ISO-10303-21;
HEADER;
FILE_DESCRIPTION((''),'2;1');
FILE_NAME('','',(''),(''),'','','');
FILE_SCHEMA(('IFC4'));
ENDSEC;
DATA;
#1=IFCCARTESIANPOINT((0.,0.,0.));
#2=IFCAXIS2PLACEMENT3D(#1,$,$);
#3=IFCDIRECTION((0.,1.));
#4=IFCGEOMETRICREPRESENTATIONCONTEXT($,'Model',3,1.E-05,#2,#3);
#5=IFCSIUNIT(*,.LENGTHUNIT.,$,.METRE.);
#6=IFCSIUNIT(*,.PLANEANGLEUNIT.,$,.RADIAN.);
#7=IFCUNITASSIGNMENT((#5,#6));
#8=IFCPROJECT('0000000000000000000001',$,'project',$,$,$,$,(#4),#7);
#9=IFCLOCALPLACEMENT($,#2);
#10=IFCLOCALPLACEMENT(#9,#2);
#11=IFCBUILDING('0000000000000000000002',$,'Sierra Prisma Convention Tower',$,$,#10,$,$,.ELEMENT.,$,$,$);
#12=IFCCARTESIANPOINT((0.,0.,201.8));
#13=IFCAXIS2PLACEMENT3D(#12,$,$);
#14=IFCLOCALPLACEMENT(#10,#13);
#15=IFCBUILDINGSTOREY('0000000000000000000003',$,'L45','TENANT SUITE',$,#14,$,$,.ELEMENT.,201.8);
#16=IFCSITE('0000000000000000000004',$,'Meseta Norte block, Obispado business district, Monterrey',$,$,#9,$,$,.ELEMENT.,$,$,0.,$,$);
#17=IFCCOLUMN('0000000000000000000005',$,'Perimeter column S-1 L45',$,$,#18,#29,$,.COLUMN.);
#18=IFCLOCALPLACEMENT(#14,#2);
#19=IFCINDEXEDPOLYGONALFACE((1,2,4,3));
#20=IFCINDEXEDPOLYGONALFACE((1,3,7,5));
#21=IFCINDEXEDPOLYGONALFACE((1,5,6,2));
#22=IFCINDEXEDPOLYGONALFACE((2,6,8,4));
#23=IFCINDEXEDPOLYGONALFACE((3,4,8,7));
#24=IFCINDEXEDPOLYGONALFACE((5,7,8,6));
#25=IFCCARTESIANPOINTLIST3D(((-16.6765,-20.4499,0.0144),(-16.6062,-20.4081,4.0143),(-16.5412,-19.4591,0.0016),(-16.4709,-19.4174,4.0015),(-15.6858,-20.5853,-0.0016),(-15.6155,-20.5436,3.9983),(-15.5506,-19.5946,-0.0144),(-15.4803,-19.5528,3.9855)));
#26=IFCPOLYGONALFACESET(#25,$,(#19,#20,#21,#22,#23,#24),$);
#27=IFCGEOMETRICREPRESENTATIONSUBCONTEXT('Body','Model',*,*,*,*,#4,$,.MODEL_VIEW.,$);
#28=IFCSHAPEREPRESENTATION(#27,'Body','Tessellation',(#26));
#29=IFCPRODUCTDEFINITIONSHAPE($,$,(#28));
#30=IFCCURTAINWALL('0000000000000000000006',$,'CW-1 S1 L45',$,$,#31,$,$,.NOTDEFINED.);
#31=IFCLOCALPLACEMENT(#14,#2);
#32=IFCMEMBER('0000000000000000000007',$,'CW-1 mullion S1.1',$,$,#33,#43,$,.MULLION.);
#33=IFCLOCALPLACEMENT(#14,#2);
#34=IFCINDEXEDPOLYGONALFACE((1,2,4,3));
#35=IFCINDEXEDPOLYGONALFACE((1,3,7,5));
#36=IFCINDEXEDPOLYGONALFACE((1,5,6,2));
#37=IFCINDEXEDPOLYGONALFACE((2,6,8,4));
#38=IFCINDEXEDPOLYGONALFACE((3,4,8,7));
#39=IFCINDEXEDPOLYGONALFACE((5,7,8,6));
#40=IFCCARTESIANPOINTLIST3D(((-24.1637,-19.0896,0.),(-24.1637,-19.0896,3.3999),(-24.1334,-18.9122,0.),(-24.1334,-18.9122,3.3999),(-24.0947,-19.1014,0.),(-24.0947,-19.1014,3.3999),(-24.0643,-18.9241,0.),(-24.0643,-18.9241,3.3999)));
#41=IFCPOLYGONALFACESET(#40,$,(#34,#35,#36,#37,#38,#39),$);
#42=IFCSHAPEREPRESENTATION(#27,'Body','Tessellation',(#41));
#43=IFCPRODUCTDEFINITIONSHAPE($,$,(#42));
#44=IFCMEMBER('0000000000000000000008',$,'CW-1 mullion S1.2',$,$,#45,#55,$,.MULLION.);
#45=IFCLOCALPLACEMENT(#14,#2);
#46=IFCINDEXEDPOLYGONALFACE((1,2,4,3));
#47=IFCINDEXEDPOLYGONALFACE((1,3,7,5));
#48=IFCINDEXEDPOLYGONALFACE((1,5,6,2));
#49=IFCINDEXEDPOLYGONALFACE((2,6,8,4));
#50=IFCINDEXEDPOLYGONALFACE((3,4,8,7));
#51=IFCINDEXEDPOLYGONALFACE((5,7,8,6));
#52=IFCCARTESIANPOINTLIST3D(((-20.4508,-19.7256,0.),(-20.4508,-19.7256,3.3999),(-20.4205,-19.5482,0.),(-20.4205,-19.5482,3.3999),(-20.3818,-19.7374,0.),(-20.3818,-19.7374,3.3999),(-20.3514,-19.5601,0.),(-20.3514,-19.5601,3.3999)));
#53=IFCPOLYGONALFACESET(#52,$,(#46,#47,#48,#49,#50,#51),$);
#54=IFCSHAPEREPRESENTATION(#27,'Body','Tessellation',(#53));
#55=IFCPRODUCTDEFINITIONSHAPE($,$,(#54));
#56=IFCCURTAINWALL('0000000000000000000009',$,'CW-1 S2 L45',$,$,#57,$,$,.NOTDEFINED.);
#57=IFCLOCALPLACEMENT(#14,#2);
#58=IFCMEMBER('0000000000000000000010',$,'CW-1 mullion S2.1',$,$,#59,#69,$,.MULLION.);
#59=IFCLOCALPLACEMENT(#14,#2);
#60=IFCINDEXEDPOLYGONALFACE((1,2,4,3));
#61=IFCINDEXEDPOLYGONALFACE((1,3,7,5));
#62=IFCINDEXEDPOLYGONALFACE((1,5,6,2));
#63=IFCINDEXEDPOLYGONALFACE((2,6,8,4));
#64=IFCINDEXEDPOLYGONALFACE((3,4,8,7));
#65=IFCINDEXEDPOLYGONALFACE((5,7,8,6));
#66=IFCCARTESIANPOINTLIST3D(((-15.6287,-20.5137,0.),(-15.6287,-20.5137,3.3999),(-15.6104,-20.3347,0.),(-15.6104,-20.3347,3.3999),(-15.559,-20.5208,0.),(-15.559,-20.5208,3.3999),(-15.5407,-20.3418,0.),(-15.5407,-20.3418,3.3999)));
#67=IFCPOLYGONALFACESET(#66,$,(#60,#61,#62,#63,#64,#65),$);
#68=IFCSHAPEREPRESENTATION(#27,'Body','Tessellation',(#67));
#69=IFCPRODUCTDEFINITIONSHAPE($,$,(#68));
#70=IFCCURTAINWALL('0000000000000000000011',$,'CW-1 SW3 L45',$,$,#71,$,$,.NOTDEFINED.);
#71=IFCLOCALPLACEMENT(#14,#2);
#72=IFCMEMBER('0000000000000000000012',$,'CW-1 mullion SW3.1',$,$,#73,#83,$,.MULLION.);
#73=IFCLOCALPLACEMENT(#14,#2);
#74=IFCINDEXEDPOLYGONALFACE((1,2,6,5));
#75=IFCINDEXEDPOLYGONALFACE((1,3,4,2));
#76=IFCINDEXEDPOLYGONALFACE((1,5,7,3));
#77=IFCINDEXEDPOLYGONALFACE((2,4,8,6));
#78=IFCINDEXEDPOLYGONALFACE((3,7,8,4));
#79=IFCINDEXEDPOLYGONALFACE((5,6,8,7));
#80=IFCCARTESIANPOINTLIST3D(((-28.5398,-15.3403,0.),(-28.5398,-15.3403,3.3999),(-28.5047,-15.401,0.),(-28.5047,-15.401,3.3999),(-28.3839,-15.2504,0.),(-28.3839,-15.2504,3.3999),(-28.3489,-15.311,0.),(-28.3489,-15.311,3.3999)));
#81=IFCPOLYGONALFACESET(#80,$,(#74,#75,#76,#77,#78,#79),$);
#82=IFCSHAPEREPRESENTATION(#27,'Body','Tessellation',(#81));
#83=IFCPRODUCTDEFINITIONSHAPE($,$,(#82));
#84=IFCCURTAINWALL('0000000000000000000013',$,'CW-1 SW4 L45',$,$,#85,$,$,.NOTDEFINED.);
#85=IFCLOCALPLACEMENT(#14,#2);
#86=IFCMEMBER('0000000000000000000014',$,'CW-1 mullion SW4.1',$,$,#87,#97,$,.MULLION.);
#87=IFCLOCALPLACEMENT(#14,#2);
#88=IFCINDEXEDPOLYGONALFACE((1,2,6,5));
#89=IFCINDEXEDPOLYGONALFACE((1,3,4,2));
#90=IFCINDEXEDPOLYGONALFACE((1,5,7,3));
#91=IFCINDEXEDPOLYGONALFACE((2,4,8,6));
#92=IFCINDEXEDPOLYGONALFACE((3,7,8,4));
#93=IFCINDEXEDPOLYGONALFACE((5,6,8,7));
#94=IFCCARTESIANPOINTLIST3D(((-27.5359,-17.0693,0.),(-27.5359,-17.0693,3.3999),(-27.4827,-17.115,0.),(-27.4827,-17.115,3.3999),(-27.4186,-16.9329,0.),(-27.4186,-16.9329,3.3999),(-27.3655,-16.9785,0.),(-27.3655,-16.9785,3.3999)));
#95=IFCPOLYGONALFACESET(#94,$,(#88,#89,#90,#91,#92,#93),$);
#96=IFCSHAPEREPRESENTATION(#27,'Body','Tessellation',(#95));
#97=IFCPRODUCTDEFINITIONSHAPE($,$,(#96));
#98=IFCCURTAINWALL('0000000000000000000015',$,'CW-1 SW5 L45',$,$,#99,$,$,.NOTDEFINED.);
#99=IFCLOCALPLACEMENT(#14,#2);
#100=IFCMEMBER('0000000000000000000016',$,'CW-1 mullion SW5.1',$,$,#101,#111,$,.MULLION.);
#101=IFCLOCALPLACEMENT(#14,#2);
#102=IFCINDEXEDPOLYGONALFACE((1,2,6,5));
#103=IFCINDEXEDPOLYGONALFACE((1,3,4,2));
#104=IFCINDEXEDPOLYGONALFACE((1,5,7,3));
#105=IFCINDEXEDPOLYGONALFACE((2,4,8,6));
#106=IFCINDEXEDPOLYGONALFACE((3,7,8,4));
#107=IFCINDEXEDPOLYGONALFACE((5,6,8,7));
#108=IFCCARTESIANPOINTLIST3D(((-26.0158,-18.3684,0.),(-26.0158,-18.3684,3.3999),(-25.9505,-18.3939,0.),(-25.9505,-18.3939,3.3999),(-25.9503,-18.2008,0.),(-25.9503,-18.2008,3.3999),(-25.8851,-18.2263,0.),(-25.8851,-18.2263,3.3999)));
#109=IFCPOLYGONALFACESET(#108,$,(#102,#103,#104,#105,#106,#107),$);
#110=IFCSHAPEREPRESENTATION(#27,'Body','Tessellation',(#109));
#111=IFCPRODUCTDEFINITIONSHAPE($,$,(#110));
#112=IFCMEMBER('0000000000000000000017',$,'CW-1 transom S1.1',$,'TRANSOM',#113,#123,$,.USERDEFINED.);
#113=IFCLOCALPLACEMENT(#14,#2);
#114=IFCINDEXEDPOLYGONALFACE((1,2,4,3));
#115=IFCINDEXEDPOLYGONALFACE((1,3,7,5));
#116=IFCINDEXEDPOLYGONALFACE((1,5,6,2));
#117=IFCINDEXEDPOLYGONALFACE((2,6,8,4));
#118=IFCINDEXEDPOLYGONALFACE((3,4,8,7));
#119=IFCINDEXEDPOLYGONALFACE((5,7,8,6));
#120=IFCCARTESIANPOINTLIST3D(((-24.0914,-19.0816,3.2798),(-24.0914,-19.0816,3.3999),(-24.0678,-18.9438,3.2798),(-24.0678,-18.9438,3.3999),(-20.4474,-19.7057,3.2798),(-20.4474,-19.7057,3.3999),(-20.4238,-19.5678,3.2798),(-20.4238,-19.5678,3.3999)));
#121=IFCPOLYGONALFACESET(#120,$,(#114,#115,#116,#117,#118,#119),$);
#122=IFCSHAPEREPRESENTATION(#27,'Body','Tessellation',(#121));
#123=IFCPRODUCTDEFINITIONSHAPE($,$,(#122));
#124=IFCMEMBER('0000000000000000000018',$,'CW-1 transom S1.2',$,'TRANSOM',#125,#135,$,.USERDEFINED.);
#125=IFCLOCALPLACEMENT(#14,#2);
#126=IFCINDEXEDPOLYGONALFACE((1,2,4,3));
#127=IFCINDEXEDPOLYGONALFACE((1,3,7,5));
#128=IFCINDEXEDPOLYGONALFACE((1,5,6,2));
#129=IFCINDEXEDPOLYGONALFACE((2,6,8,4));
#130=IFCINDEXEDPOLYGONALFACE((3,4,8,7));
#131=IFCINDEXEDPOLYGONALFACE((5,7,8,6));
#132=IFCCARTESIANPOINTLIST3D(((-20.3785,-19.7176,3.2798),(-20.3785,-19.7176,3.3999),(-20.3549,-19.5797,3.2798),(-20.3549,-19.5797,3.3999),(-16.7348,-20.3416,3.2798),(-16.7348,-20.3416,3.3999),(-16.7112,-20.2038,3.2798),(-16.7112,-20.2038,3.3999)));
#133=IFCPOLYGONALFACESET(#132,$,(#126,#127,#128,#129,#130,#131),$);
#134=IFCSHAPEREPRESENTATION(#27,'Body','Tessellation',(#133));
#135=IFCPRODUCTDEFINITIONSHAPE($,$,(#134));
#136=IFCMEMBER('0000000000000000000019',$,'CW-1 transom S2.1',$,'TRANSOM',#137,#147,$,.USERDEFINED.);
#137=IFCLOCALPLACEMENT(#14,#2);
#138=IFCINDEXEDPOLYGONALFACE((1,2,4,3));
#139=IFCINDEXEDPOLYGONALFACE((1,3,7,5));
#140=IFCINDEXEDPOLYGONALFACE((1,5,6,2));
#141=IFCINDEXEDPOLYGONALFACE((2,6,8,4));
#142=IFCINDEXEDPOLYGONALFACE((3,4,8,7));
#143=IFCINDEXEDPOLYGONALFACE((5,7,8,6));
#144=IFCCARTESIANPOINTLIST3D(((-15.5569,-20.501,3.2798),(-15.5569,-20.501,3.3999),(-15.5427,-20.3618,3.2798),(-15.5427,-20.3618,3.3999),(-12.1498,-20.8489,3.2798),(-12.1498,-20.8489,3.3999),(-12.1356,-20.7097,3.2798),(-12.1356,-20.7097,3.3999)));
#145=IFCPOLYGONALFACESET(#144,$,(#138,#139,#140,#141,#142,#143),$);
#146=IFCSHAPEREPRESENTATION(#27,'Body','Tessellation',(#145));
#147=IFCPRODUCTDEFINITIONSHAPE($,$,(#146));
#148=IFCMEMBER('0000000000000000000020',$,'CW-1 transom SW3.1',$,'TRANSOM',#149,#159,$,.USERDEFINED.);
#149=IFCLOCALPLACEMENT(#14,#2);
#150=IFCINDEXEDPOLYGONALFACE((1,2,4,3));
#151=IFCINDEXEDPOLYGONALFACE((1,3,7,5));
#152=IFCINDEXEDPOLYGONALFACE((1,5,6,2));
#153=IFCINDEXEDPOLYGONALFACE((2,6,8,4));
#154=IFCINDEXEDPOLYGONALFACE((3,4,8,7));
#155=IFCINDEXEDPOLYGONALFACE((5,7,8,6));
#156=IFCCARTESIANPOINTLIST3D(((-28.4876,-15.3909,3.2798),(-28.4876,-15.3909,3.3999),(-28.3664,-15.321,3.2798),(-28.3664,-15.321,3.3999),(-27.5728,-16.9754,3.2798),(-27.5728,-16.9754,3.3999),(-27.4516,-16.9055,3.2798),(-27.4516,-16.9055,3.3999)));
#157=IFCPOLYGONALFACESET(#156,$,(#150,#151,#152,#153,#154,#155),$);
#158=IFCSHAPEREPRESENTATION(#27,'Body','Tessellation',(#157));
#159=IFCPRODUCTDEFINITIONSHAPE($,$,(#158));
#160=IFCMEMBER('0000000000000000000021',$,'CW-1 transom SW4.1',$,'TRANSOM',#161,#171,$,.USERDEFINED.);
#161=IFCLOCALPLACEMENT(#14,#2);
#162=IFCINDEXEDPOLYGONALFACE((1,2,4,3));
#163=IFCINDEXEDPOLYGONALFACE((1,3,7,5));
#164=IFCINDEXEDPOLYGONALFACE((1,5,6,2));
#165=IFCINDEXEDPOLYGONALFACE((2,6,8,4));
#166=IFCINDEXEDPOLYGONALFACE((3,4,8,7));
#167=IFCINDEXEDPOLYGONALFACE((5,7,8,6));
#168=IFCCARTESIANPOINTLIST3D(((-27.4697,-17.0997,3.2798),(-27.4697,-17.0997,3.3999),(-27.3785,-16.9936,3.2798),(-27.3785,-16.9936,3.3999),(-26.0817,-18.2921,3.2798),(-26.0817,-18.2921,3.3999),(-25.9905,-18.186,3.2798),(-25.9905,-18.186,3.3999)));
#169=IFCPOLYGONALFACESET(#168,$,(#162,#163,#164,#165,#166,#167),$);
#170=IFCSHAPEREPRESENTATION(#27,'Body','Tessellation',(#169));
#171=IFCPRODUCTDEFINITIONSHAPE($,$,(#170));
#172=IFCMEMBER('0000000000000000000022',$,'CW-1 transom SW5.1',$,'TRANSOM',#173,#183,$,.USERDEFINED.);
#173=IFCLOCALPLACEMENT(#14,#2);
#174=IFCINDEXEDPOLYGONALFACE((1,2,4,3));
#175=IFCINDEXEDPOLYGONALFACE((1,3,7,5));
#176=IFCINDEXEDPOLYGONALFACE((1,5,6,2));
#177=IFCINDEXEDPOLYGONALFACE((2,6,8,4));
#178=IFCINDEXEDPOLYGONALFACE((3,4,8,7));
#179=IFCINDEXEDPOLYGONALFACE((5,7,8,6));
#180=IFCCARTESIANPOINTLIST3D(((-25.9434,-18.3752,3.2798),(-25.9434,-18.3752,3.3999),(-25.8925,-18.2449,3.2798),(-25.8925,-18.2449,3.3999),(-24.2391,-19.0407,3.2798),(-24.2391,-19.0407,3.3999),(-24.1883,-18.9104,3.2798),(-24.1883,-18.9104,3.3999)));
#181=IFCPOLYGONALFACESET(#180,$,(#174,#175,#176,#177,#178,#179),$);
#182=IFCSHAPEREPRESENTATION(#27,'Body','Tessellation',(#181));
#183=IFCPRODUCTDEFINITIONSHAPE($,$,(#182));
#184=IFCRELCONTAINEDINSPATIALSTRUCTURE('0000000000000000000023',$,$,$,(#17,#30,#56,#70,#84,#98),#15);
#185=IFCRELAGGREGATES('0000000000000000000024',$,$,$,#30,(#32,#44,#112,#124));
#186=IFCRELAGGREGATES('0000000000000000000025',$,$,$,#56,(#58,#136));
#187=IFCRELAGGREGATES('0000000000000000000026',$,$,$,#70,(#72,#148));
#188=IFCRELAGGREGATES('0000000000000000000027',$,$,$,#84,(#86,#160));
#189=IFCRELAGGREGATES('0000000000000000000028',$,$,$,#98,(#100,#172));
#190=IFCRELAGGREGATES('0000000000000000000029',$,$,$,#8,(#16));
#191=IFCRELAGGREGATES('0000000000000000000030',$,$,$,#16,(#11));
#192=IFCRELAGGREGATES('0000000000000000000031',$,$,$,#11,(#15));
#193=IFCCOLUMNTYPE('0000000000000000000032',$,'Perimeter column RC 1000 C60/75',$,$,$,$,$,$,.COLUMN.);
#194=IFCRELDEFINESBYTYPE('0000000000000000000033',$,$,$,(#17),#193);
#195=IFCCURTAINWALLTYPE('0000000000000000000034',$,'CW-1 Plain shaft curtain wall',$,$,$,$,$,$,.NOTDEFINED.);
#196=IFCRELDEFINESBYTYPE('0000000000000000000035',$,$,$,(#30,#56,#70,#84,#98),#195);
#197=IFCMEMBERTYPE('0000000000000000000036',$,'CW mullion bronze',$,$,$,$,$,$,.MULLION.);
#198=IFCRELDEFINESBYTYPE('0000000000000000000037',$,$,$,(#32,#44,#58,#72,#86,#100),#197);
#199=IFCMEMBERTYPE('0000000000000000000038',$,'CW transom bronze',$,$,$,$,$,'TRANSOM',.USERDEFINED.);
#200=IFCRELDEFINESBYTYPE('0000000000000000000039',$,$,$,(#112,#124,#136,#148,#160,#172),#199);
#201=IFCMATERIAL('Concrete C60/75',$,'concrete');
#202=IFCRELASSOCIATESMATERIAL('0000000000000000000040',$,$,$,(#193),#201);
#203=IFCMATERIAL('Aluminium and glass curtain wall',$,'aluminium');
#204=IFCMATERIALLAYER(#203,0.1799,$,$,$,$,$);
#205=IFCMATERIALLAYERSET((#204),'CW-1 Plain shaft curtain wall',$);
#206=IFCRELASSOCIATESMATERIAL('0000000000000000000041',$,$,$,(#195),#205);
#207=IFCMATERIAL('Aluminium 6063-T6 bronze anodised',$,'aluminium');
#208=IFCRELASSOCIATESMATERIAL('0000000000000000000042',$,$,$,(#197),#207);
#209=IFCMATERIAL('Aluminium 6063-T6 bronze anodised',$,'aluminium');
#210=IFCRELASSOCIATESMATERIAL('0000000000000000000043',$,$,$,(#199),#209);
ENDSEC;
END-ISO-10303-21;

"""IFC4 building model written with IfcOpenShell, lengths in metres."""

from ifc_helpers import new_model, si_unit, direction, frame, origin, origin_2d, place, context, subcontext, project, spatial, rectangle, extrude, material, layer, layer_set, material_profile, profile_set, type_object, element, aggregate, save


model = new_model("IFC4")

# Units and contexts
model_context = context("Model", 3, precision=1e-05, world=origin(), true_north=direction((0.0, 1.0)))
body_context = subcontext(model_context, "Body", "Model", "MODEL_VIEW")
ifc_project = project(units=[si_unit("LENGTHUNIT", "METRE"), si_unit("PLANEANGLEUNIT", "RADIAN")], contexts=[model_context])

# Site, building, storey
site_placement = place(None, origin())
site = spatial("IfcSite", under=ifc_project, at=site_placement, Name="Meseta Norte block, Obispado business district, Monterrey", CompositionType="ELEMENT", RefElevation=0.0)
building_placement = place(site_placement, origin())
building = spatial("IfcBuilding", under=site, at=building_placement, Name="Sierra Prisma Convention Tower", CompositionType="ELEMENT")
storey_placement = place(building_placement, frame((0.0, 0.0, 201.8)))
storey = spatial("IfcBuildingStorey", under=building, at=storey_placement, Name="L45", Description="TENANT SUITE", CompositionType="ELEMENT", Elevation=201.8)

# Column
ifc_material_1 = material(Name="Concrete C60/75", Category="concrete")
ifc_material_profile_1 = material_profile(ifc_material_1, rectangle(XDim=1.0, YDim=1.0, at=origin_2d()), Name="Perimeter column RC 1000 C60/75")
ifc_profile_set_1 = profile_set([ifc_material_profile_1], Name="Concrete C60/75")
column_type = type_object("IfcColumnType", Name="Perimeter column RC 1000 C60/75", PredefinedType="COLUMN", material=ifc_profile_set_1)
column_placement = place(storey_placement, frame((-16.1135, -20.0222, 0.0), z_axis=(0.017574, 0.010435, 0.999791), x_axis=(-0.990654, 0.135456, 0.016)))
element("IfcColumn", 1, at=column_placement, inside=storey, type_object=column_type, Name="Perimeter column S-1 L45", PredefinedType="COLUMN", context=body_context, shape_type="SweptSolid", body=[
    extrude(rectangle(XDim=1.0, YDim=1.0, at=origin_2d()), origin(), (0.0, 0.0, 1.0), 4.0007),
])

# Curtain wall, members
ifc_material_2 = material(Name="Aluminium and glass curtain wall", Category="aluminium")
ifc_layer_1 = layer(ifc_material_2, 0.1799)
ifc_layer_set_1 = layer_set([ifc_layer_1], Name="CW-1 Plain shaft curtain wall")
curtain_wall_type = type_object("IfcCurtainWallType", Name="CW-1 Plain shaft curtain wall", PredefinedType="NOTDEFINED", material=ifc_layer_set_1)
curtain_wall_1_placement = place(storey_placement, origin())
curtain_wall_1 = element("IfcCurtainWall", 2, at=curtain_wall_1_placement, inside=storey, type_object=curtain_wall_type, Name="CW-1 S1 L45", PredefinedType="NOTDEFINED")
ifc_material_3 = material(Name="Aluminium 6063-T6 bronze anodised", Category="aluminium")
ifc_material_profile_2 = material_profile(ifc_material_3, rectangle(XDim=0.1799, YDim=0.0701, at=origin_2d()), Name="ALU MULLION 70x180")
ifc_profile_set_2 = profile_set([ifc_material_profile_2], Name="Aluminium 6063-T6 bronze anodised")
member_type_1 = type_object("IfcMemberType", Name="CW mullion bronze", PredefinedType="MULLION", material=ifc_profile_set_2)
member_1_placement = place(storey_placement, frame((-24.114, -19.0068, 0.0), z_axis=(0.0, 0.0, 1.0), x_axis=(0.16881, 0.985649, 0.0)))
member_1 = element("IfcMember", 3, at=member_1_placement, type_object=member_type_1, Name="CW-1 mullion S1.1", PredefinedType="MULLION", context=body_context, shape_type="SweptSolid", body=[
    extrude(rectangle(XDim=0.1799, YDim=0.0701, at=origin_2d()), origin(), (0.0, 0.0, 1.0), 3.3999),
])
member_2_placement = place(storey_placement, frame((-20.4011, -19.6428, 0.0), z_axis=(0.0, 0.0, 1.0), x_axis=(0.16881, 0.985649, 0.0)))
member_2 = element("IfcMember", 4, at=member_2_placement, type_object=member_type_1, Name="CW-1 mullion S1.2", PredefinedType="MULLION", context=body_context, shape_type="SweptSolid", body=[
    extrude(rectangle(XDim=0.1799, YDim=0.0701, at=origin_2d()), origin(), (0.0, 0.0, 1.0), 3.3999),
])

# Curtain walls, members
curtain_wall_2_placement = place(storey_placement, origin())
curtain_wall_2 = element("IfcCurtainWall", 5, at=curtain_wall_2_placement, inside=storey, type_object=curtain_wall_type, Name="CW-1 S2 L45", PredefinedType="NOTDEFINED")
member_3_placement = place(storey_placement, frame((-15.5847, -20.4277, 0.0), z_axis=(0.0, 0.0, 1.0), x_axis=(0.101598, 0.994826, 0.0)))
member_3 = element("IfcMember", 6, at=member_3_placement, type_object=member_type_1, Name="CW-1 mullion S2.1", PredefinedType="MULLION", context=body_context, shape_type="SweptSolid", body=[
    extrude(rectangle(XDim=0.1799, YDim=0.0701, at=origin_2d()), origin(), (0.0, 0.0, 1.0), 3.3999),
])
curtain_wall_3_placement = place(storey_placement, origin())
curtain_wall_3 = element("IfcCurtainWall", 7, at=curtain_wall_3_placement, inside=storey, type_object=curtain_wall_type, Name="CW-1 SW3 L45", PredefinedType="NOTDEFINED")
member_4_placement = place(storey_placement, frame((-28.4443, -15.3257, 0.0), z_axis=(0.0, 0.0, 1.0), x_axis=(0.866025, 0.5, 0.0)))
member_4 = element("IfcMember", 8, at=member_4_placement, type_object=member_type_1, Name="CW-1 mullion SW3.1", PredefinedType="MULLION", context=body_context, shape_type="SweptSolid", body=[
    extrude(rectangle(XDim=0.1799, YDim=0.0701, at=origin_2d()), origin(), (0.0, 0.0, 1.0), 3.3999),
])
curtain_wall_4_placement = place(storey_placement, origin())
curtain_wall_4 = element("IfcCurtainWall", 9, at=curtain_wall_4_placement, inside=storey, type_object=curtain_wall_type, Name="CW-1 SW4 L45", PredefinedType="NOTDEFINED")
member_5_placement = place(storey_placement, frame((-27.4507, -17.0239, 0.0), z_axis=(0.0, 0.0, 1.0), x_axis=(0.651635, 0.758533, 0.0)))
member_5 = element("IfcMember", 10, at=member_5_placement, type_object=member_type_1, Name="CW-1 mullion SW4.1", PredefinedType="MULLION", context=body_context, shape_type="SweptSolid", body=[
    extrude(rectangle(XDim=0.1799, YDim=0.0701, at=origin_2d()), origin(), (0.0, 0.0, 1.0), 3.3999),
])
curtain_wall_5_placement = place(storey_placement, origin())
curtain_wall_5 = element("IfcCurtainWall", 11, at=curtain_wall_5_placement, inside=storey, type_object=curtain_wall_type, Name="CW-1 SW5 L45", PredefinedType="NOTDEFINED")
member_6_placement = place(storey_placement, frame((-25.9504, -18.2974, 0.0), z_axis=(0.0, 0.0, 1.0), x_axis=(0.363738, 0.931501, 0.0)))
member_6 = element("IfcMember", 12, at=member_6_placement, type_object=member_type_1, Name="CW-1 mullion SW5.1", PredefinedType="MULLION", context=body_context, shape_type="SweptSolid", body=[
    extrude(rectangle(XDim=0.1799, YDim=0.0701, at=origin_2d()), origin(), (0.0, 0.0, 1.0), 3.3999),
])

# Members
ifc_material_4 = material(Name="Aluminium 6063-T6 bronze anodised", Category="aluminium")
ifc_material_profile_3 = material_profile(ifc_material_4, rectangle(XDim=0.1399, YDim=0.1201, at=origin_2d()), Name="ALU TRANSOM 120x140")
ifc_profile_set_3 = profile_set([ifc_material_profile_3], Name="Aluminium 6063-T6 bronze anodised")
member_type_2 = type_object("IfcMemberType", Name="CW transom bronze", ElementType="TRANSOM", PredefinedType="USERDEFINED", material=ifc_profile_set_3)
member_7_placement = place(storey_placement, frame((-24.0796, -19.0127, 3.3398), z_axis=(0.985652, -0.168788, 0.0), x_axis=(0.168788, 0.985652, 0.0)))
member_7 = element("IfcMember", 13, at=member_7_placement, type_object=member_type_2, Name="CW-1 transom S1.1", ObjectType="TRANSOM", PredefinedType="USERDEFINED", context=body_context, shape_type="SweptSolid", body=[
    extrude(rectangle(XDim=0.1399, YDim=0.1201, at=origin_2d()), origin(), (0.0, 0.0, 1.0), 3.697),
])
member_8_placement = place(storey_placement, frame((-20.3667, -19.6487, 3.3398), z_axis=(0.985651, -0.168799, 0.0), x_axis=(0.168799, 0.985651, 0.0)))
member_8 = element("IfcMember", 14, at=member_8_placement, type_object=member_type_2, Name="CW-1 transom S1.2", ObjectType="TRANSOM", PredefinedType="USERDEFINED", context=body_context, shape_type="SweptSolid", body=[
    extrude(rectangle(XDim=0.1399, YDim=0.1201, at=origin_2d()), origin(), (0.0, 0.0, 1.0), 3.6968),
])
member_9_placement = place(storey_placement, frame((-15.5498, -20.4314, 3.3398), z_axis=(0.994827, -0.101586, 0.0), x_axis=(0.101586, 0.994827, 0.0)))
member_9 = element("IfcMember", 15, at=member_9_placement, type_object=member_type_2, Name="CW-1 transom S2.1", ObjectType="TRANSOM", PredefinedType="USERDEFINED", context=body_context, shape_type="SweptSolid", body=[
    extrude(rectangle(XDim=0.1399, YDim=0.1201, at=origin_2d()), origin(), (0.0, 0.0, 1.0), 3.4248),
])
member_10_placement = place(storey_placement, frame((-28.427, -15.356, 3.3398), z_axis=(0.5, -0.866026, 0.0), x_axis=(0.866026, 0.5, 0.0)))
member_10 = element("IfcMember", 16, at=member_10_placement, type_object=member_type_2, Name="CW-1 transom SW3.1", ObjectType="TRANSOM", PredefinedType="USERDEFINED", context=body_context, shape_type="SweptSolid", body=[
    extrude(rectangle(XDim=0.1399, YDim=0.1201, at=origin_2d()), origin(), (0.0, 0.0, 1.0), 1.8296),
])
member_11_placement = place(storey_placement, frame((-27.4241, -17.0466, 3.3398), z_axis=(0.758521, -0.651648, 0.0), x_axis=(0.651648, 0.758521, 0.0)))
member_11 = element("IfcMember", 17, at=member_11_placement, type_object=member_type_2, Name="CW-1 transom SW4.1", ObjectType="TRANSOM", PredefinedType="USERDEFINED", context=body_context, shape_type="SweptSolid", body=[
    extrude(rectangle(XDim=0.1399, YDim=0.1201, at=origin_2d()), origin(), (0.0, 0.0, 1.0), 1.8298),
])
member_12_placement = place(storey_placement, frame((-25.918, -18.3101, 3.3398), z_axis=(0.9315, -0.36374, 0.0), x_axis=(0.36374, 0.9315, 0.0)))
member_12 = element("IfcMember", 18, at=member_12_placement, type_object=member_type_2, Name="CW-1 transom SW5.1", ObjectType="TRANSOM", PredefinedType="USERDEFINED", context=body_context, shape_type="SweptSolid", body=[
    extrude(rectangle(XDim=0.1399, YDim=0.1201, at=origin_2d()), origin(), (0.0, 0.0, 1.0), 1.8296),
])

aggregate(curtain_wall_1, [member_1, member_2, member_7, member_8])
aggregate(curtain_wall_2, [member_3, member_9])

aggregate(curtain_wall_3, [member_4, member_10])
aggregate(curtain_wall_4, [member_5, member_11])
aggregate(curtain_wall_5, [member_6, member_12])

save(model, "model.ifc")
